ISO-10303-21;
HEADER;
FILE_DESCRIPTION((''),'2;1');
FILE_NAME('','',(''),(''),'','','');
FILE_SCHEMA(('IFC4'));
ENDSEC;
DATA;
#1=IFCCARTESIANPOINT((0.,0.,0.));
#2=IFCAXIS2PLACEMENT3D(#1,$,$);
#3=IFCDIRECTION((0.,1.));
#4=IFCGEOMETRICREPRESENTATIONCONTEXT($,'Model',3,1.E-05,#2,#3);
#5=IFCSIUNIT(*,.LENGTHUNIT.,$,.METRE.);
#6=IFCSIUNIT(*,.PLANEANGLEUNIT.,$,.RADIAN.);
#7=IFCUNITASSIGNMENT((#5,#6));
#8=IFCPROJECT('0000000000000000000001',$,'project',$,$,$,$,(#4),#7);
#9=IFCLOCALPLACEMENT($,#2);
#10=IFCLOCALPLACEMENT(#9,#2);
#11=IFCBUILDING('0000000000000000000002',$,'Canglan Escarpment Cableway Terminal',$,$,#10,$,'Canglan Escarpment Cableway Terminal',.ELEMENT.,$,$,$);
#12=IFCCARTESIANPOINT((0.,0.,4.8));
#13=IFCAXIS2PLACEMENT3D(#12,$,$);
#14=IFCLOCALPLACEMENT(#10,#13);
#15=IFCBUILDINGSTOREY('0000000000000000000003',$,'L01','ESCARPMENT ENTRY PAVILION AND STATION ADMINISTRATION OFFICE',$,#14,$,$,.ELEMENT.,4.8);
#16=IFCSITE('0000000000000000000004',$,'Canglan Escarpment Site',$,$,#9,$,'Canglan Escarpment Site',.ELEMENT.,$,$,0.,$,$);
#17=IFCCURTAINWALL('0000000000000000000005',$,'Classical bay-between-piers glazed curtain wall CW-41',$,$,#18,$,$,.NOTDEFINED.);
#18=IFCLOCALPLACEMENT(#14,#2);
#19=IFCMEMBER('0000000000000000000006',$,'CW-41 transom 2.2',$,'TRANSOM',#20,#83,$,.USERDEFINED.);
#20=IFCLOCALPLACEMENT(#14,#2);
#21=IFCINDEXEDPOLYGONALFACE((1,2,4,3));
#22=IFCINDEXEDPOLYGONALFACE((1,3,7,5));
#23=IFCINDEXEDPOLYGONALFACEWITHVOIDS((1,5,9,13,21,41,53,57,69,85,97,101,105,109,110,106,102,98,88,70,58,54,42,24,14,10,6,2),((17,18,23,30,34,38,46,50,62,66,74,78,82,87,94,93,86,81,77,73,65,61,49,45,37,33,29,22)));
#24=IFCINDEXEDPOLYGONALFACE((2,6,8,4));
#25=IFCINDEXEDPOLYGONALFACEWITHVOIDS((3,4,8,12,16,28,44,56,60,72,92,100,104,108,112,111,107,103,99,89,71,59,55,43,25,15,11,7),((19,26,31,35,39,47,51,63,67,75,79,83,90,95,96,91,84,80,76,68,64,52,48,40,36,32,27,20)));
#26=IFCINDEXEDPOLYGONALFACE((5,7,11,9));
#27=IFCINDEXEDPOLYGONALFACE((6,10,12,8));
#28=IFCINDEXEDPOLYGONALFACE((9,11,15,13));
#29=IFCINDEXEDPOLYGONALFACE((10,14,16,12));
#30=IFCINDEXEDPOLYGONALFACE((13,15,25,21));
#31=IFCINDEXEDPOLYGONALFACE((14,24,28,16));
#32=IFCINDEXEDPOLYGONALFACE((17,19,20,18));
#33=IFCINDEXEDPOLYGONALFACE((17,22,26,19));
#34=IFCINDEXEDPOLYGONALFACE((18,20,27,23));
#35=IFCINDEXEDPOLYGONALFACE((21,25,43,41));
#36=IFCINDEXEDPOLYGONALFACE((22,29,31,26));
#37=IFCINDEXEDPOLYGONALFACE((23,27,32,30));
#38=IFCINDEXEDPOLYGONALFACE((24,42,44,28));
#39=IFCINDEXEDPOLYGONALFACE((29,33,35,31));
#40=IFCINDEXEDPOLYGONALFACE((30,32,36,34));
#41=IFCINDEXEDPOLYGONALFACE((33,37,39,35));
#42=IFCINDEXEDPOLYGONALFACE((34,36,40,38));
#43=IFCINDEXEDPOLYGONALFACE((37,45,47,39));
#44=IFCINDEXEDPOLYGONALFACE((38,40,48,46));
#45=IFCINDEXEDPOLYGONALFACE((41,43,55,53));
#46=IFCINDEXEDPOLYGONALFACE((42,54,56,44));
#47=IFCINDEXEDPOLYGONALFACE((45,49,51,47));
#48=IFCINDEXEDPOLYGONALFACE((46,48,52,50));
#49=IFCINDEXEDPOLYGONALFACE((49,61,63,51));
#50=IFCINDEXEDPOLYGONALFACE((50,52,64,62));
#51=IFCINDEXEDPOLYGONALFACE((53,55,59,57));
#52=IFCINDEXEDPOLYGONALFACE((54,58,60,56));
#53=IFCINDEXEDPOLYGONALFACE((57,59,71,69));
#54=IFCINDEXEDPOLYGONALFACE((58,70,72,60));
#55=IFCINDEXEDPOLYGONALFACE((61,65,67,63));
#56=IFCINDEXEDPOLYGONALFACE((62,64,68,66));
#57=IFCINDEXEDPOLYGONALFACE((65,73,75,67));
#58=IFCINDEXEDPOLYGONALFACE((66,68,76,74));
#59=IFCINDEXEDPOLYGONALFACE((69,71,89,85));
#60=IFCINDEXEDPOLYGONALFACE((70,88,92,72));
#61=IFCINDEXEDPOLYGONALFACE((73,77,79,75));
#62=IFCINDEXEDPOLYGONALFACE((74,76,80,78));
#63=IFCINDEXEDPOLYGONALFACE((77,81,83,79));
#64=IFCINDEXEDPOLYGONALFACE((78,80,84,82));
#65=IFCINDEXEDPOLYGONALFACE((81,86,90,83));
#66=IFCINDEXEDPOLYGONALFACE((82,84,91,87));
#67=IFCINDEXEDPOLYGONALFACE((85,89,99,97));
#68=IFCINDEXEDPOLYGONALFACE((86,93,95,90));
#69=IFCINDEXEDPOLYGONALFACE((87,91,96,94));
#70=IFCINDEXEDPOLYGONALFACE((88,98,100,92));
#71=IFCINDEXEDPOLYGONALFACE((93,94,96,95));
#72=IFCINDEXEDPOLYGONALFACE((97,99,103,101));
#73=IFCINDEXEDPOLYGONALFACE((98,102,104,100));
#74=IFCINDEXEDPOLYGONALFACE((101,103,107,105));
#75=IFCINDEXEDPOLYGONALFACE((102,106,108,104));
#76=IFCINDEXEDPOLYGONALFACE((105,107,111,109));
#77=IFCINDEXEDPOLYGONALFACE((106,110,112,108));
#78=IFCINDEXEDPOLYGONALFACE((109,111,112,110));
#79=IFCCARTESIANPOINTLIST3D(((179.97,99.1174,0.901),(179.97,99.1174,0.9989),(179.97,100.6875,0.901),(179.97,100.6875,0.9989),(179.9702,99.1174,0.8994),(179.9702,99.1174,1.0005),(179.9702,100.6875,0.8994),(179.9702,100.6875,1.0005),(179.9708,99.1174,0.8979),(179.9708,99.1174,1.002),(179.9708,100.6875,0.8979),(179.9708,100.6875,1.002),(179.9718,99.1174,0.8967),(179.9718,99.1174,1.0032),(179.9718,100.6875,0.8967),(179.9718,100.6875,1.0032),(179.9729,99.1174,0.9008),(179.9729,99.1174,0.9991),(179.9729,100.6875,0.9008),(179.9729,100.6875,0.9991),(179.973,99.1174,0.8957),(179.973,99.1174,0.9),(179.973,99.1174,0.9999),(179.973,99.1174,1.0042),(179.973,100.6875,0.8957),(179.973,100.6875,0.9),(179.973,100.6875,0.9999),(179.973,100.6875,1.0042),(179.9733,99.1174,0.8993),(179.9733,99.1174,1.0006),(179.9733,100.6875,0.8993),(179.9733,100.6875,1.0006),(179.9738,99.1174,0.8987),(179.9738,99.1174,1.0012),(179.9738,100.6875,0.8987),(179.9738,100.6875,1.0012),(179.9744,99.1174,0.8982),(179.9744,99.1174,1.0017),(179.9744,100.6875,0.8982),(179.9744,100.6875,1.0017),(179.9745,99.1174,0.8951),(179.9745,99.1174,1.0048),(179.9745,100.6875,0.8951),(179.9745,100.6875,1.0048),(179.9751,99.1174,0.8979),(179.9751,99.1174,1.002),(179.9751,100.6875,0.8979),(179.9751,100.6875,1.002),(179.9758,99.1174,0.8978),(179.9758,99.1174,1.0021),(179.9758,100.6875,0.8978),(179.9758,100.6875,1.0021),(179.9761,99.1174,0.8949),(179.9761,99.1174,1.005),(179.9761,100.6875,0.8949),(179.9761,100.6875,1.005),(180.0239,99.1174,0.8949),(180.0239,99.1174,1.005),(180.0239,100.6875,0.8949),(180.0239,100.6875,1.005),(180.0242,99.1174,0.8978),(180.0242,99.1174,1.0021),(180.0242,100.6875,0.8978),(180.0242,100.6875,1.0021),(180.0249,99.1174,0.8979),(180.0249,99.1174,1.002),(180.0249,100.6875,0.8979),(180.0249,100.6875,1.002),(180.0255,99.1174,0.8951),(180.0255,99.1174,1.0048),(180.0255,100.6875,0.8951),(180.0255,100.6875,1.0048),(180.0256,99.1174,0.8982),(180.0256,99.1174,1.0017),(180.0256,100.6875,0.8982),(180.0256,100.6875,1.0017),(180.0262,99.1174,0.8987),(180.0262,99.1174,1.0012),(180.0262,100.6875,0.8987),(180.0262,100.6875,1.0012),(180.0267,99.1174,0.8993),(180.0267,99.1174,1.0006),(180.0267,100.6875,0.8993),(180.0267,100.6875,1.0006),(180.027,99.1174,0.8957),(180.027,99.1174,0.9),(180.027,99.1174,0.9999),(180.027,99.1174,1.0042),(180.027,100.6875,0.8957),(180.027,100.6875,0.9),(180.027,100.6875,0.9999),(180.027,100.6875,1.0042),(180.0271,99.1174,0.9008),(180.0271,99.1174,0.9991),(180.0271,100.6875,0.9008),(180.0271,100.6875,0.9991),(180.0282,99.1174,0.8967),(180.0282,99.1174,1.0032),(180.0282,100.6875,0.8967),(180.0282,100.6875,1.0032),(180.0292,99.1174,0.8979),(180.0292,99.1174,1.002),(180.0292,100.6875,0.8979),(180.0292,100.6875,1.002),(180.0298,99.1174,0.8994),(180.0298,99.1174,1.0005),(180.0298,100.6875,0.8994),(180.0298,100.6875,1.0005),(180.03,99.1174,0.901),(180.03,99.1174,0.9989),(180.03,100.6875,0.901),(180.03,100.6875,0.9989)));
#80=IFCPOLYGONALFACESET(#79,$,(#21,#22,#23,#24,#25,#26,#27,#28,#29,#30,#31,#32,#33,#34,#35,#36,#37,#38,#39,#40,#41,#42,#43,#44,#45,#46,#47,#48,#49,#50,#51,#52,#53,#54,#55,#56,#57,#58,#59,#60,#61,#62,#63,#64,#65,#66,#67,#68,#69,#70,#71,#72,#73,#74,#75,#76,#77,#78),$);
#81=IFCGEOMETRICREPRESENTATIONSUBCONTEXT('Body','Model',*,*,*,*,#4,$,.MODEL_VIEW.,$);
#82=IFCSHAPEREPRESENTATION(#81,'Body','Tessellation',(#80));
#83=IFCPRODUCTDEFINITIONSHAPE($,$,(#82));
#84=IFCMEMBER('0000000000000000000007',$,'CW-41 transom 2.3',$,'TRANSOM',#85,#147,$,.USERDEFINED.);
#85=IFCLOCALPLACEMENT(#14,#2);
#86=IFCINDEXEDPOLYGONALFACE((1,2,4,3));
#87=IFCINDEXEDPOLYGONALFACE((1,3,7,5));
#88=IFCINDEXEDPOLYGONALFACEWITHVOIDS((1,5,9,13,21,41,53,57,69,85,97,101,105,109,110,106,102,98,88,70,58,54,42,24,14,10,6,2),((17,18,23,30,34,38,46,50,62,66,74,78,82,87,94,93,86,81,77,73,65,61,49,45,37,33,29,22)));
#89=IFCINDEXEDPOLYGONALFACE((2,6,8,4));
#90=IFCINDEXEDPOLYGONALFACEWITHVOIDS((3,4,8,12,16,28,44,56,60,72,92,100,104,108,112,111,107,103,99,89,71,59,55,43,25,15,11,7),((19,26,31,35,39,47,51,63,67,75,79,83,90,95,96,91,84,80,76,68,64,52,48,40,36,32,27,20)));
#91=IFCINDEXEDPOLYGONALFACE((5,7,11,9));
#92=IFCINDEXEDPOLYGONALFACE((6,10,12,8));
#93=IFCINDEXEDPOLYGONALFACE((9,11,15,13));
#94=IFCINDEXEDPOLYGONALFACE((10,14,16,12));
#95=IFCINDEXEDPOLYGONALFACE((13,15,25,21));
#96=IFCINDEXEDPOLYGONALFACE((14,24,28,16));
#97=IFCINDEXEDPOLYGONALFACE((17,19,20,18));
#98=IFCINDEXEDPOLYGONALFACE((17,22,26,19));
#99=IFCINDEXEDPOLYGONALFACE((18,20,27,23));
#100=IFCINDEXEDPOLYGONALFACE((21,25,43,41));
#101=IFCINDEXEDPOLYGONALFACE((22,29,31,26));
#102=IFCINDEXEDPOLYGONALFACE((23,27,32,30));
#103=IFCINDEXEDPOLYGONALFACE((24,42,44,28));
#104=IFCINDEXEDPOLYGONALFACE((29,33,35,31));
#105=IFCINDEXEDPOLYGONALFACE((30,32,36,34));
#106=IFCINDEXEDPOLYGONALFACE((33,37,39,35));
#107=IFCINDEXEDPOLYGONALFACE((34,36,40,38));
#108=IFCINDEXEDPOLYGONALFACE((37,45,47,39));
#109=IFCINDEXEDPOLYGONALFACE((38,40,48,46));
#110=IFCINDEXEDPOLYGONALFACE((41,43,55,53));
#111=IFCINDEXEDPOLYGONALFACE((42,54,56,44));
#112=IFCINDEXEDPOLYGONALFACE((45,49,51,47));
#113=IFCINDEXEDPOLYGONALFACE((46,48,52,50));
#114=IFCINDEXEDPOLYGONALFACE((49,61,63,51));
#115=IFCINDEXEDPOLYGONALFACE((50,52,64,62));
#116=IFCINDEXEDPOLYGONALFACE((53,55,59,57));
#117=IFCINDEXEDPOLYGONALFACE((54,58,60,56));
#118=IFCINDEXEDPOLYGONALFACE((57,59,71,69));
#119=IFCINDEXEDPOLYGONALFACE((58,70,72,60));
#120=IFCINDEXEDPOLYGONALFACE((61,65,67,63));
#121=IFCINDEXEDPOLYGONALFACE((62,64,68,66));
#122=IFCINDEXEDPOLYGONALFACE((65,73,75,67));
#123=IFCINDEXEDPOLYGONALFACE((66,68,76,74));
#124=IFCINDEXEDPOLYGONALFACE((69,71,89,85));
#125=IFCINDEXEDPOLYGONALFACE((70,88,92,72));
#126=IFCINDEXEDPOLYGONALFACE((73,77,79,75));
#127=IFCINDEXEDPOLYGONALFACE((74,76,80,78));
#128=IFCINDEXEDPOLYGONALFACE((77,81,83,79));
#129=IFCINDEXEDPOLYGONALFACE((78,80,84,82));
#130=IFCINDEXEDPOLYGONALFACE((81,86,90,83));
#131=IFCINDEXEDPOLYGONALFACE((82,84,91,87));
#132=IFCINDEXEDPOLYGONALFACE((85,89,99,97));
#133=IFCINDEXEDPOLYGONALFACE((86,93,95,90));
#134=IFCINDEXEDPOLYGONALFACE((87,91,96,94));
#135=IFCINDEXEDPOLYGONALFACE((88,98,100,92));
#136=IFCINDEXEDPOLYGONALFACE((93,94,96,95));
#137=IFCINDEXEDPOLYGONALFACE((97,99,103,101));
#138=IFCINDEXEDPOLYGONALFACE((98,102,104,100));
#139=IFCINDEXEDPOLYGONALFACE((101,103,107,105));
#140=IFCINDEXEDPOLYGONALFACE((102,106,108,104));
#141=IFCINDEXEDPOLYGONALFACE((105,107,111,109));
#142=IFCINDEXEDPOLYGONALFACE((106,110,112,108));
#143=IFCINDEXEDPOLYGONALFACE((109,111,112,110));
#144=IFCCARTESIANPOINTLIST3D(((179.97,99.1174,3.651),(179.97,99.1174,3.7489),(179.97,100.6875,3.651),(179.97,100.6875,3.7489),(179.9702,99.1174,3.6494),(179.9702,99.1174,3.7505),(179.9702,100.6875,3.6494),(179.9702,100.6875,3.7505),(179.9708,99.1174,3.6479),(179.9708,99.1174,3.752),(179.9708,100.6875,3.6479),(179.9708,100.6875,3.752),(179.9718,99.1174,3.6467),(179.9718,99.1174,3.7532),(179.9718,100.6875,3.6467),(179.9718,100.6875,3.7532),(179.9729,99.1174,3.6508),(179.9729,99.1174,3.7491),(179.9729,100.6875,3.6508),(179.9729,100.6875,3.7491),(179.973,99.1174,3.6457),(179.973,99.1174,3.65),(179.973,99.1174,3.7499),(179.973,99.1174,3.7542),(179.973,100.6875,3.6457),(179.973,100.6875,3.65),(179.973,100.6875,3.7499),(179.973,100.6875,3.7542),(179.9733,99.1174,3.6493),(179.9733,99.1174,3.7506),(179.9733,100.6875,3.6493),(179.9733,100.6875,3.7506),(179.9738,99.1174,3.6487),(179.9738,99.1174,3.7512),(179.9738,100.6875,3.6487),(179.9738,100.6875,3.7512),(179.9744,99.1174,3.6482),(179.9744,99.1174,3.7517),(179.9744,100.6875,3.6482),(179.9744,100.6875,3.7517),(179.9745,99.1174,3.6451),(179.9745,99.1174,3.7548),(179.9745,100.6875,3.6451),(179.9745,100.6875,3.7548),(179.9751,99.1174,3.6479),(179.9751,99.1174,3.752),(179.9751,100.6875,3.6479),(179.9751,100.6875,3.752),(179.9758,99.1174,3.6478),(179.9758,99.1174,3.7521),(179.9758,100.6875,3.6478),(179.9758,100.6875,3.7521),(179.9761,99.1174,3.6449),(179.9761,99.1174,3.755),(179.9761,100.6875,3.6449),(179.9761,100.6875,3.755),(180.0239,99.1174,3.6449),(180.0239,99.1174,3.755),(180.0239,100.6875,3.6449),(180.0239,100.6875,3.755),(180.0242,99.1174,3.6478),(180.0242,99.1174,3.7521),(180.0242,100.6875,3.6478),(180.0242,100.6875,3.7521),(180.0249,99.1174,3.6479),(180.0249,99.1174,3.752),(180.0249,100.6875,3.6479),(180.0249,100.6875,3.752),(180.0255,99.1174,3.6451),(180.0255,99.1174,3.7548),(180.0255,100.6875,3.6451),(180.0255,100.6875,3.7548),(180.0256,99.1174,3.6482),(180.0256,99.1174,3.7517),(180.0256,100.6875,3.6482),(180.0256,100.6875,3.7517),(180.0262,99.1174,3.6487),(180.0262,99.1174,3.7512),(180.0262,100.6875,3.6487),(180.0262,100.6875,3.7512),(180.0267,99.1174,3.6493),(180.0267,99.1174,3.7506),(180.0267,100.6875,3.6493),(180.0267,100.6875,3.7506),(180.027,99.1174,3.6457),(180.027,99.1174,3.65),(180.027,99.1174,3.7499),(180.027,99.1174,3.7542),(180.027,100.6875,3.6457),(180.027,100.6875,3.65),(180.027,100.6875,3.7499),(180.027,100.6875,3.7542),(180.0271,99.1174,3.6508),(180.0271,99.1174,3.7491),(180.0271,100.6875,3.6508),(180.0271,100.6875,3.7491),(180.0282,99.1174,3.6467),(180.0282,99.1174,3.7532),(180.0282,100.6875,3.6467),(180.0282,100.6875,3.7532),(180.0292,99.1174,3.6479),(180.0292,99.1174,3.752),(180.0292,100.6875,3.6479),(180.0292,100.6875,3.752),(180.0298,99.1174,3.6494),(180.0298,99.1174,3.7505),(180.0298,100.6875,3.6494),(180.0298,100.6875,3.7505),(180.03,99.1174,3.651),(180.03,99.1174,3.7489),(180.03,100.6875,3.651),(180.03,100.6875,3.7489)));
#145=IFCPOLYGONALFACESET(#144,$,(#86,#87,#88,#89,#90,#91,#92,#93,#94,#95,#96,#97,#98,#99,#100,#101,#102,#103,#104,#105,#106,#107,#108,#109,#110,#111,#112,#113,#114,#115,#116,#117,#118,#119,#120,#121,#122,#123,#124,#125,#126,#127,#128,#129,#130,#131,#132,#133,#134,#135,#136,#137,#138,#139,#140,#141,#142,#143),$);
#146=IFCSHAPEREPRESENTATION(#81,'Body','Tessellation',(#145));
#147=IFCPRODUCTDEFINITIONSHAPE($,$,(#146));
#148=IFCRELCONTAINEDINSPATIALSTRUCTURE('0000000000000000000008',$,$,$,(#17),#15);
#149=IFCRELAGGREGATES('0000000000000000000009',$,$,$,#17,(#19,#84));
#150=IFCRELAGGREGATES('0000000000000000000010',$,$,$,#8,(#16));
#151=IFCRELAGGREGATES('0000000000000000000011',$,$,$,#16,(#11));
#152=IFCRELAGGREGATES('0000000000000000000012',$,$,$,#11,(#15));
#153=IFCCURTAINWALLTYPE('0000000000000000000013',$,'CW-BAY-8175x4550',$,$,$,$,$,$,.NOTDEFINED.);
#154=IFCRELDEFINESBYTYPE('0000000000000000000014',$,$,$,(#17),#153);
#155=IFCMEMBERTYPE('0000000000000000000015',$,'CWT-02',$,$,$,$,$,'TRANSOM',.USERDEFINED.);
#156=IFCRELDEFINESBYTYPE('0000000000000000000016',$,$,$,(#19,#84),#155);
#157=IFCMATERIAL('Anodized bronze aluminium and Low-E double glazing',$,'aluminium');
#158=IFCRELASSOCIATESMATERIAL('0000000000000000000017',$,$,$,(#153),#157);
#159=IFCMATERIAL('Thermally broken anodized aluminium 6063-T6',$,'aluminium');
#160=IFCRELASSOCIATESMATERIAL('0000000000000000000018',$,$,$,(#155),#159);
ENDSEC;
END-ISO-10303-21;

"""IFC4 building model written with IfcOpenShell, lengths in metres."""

from ifc_helpers import new_model, si_unit, direction, frame, origin, origin_2d, place, context, subcontext, project, spatial, hollow_rectangle, extrude, material, material_profile, profile_set, type_object, element, aggregate, save


model = new_model("IFC4")

# Units and contexts
model_context = context("Model", 3, precision=1e-05, world=origin(), true_north=direction((0.0, 1.0)))
body_context = subcontext(model_context, "Body", "Model", "MODEL_VIEW")
ifc_project = project(units=[si_unit("LENGTHUNIT", "METRE"), si_unit("PLANEANGLEUNIT", "RADIAN")], contexts=[model_context])

# Site, building, storey
site_placement = place(None, origin())
site = spatial("IfcSite", under=ifc_project, at=site_placement, Name="Canglan Escarpment Site", LongName="Canglan Escarpment Site", CompositionType="ELEMENT", RefElevation=0.0)
building_placement = place(site_placement, origin())
building = spatial("IfcBuilding", under=site, at=building_placement, Name="Canglan Escarpment Cableway Terminal", LongName="Canglan Escarpment Cableway Terminal", CompositionType="ELEMENT")
storey_placement = place(building_placement, frame((0.0, 0.0, 4.8)))
storey = spatial("IfcBuildingStorey", under=building, at=storey_placement, Name="L01", Description="ESCARPMENT ENTRY PAVILION AND STATION ADMINISTRATION OFFICE", CompositionType="ELEMENT", Elevation=4.8)

# Curtain wall, members
ifc_material_1 = material(Name="Anodized bronze aluminium and Low-E double glazing", Category="aluminium")
curtain_wall_type = type_object("IfcCurtainWallType", Name="CW-BAY-8175x4550", PredefinedType="NOTDEFINED", material=ifc_material_1)
curtain_wall_placement = place(storey_placement, origin())
curtain_wall = element("IfcCurtainWall", 1, at=curtain_wall_placement, inside=storey, type_object=curtain_wall_type, Name="Classical bay-between-piers glazed curtain wall CW-41", PredefinedType="NOTDEFINED")
ifc_material_2 = material(Name="Thermally broken anodized aluminium 6063-T6", Category="aluminium")
ifc_material_profile_1 = material_profile(ifc_material_2, hollow_rectangle(XDim=0.0601, YDim=0.1101, WallThickness=0.0029, InnerFilletRadius=0.0029, OuterFilletRadius=0.0061, at=origin_2d()), Name="ALU-TRAN 60x110x3")
ifc_profile_set_1 = profile_set([ifc_material_profile_1], Name="Thermally broken anodized aluminium 6063-T6")
member_type_1 = type_object("IfcMemberType", Name="CWT-02", ElementType="TRANSOM", PredefinedType="USERDEFINED", material=ifc_profile_set_1)
member_1_placement = place(storey_placement, frame((180.0, 99.1174, 0.95), z_axis=(0.0, 1.0, 0.0), x_axis=(-1.0, 0.0, 0.0)))
member_1 = element("IfcMember", 2, at=member_1_placement, type_object=member_type_1, Name="CW-41 transom 2.2", ObjectType="TRANSOM", PredefinedType="USERDEFINED", context=body_context, shape_type="SweptSolid", body=[
    extrude(hollow_rectangle(XDim=0.0601, YDim=0.1101, WallThickness=0.0029, InnerFilletRadius=0.0029, OuterFilletRadius=0.0061, at=origin_2d()), origin(), (0.0, 0.0, 1.0), 1.5701),
])
member_2_placement = place(storey_placement, frame((180.0, 99.1174, 3.7), z_axis=(0.0, 1.0, 0.0), x_axis=(-1.0, 0.0, 0.0)))
member_2 = element("IfcMember", 3, at=member_2_placement, type_object=member_type_1, Name="CW-41 transom 2.3", ObjectType="TRANSOM", PredefinedType="USERDEFINED", context=body_context, shape_type="SweptSolid", body=[
    extrude(hollow_rectangle(XDim=0.0601, YDim=0.1101, WallThickness=0.0029, InnerFilletRadius=0.0029, OuterFilletRadius=0.0061, at=origin_2d()), origin(), (0.0, 0.0, 1.0), 1.5701),
])
aggregate(curtain_wall, [member_1, member_2])

save(model, "model.ifc")
